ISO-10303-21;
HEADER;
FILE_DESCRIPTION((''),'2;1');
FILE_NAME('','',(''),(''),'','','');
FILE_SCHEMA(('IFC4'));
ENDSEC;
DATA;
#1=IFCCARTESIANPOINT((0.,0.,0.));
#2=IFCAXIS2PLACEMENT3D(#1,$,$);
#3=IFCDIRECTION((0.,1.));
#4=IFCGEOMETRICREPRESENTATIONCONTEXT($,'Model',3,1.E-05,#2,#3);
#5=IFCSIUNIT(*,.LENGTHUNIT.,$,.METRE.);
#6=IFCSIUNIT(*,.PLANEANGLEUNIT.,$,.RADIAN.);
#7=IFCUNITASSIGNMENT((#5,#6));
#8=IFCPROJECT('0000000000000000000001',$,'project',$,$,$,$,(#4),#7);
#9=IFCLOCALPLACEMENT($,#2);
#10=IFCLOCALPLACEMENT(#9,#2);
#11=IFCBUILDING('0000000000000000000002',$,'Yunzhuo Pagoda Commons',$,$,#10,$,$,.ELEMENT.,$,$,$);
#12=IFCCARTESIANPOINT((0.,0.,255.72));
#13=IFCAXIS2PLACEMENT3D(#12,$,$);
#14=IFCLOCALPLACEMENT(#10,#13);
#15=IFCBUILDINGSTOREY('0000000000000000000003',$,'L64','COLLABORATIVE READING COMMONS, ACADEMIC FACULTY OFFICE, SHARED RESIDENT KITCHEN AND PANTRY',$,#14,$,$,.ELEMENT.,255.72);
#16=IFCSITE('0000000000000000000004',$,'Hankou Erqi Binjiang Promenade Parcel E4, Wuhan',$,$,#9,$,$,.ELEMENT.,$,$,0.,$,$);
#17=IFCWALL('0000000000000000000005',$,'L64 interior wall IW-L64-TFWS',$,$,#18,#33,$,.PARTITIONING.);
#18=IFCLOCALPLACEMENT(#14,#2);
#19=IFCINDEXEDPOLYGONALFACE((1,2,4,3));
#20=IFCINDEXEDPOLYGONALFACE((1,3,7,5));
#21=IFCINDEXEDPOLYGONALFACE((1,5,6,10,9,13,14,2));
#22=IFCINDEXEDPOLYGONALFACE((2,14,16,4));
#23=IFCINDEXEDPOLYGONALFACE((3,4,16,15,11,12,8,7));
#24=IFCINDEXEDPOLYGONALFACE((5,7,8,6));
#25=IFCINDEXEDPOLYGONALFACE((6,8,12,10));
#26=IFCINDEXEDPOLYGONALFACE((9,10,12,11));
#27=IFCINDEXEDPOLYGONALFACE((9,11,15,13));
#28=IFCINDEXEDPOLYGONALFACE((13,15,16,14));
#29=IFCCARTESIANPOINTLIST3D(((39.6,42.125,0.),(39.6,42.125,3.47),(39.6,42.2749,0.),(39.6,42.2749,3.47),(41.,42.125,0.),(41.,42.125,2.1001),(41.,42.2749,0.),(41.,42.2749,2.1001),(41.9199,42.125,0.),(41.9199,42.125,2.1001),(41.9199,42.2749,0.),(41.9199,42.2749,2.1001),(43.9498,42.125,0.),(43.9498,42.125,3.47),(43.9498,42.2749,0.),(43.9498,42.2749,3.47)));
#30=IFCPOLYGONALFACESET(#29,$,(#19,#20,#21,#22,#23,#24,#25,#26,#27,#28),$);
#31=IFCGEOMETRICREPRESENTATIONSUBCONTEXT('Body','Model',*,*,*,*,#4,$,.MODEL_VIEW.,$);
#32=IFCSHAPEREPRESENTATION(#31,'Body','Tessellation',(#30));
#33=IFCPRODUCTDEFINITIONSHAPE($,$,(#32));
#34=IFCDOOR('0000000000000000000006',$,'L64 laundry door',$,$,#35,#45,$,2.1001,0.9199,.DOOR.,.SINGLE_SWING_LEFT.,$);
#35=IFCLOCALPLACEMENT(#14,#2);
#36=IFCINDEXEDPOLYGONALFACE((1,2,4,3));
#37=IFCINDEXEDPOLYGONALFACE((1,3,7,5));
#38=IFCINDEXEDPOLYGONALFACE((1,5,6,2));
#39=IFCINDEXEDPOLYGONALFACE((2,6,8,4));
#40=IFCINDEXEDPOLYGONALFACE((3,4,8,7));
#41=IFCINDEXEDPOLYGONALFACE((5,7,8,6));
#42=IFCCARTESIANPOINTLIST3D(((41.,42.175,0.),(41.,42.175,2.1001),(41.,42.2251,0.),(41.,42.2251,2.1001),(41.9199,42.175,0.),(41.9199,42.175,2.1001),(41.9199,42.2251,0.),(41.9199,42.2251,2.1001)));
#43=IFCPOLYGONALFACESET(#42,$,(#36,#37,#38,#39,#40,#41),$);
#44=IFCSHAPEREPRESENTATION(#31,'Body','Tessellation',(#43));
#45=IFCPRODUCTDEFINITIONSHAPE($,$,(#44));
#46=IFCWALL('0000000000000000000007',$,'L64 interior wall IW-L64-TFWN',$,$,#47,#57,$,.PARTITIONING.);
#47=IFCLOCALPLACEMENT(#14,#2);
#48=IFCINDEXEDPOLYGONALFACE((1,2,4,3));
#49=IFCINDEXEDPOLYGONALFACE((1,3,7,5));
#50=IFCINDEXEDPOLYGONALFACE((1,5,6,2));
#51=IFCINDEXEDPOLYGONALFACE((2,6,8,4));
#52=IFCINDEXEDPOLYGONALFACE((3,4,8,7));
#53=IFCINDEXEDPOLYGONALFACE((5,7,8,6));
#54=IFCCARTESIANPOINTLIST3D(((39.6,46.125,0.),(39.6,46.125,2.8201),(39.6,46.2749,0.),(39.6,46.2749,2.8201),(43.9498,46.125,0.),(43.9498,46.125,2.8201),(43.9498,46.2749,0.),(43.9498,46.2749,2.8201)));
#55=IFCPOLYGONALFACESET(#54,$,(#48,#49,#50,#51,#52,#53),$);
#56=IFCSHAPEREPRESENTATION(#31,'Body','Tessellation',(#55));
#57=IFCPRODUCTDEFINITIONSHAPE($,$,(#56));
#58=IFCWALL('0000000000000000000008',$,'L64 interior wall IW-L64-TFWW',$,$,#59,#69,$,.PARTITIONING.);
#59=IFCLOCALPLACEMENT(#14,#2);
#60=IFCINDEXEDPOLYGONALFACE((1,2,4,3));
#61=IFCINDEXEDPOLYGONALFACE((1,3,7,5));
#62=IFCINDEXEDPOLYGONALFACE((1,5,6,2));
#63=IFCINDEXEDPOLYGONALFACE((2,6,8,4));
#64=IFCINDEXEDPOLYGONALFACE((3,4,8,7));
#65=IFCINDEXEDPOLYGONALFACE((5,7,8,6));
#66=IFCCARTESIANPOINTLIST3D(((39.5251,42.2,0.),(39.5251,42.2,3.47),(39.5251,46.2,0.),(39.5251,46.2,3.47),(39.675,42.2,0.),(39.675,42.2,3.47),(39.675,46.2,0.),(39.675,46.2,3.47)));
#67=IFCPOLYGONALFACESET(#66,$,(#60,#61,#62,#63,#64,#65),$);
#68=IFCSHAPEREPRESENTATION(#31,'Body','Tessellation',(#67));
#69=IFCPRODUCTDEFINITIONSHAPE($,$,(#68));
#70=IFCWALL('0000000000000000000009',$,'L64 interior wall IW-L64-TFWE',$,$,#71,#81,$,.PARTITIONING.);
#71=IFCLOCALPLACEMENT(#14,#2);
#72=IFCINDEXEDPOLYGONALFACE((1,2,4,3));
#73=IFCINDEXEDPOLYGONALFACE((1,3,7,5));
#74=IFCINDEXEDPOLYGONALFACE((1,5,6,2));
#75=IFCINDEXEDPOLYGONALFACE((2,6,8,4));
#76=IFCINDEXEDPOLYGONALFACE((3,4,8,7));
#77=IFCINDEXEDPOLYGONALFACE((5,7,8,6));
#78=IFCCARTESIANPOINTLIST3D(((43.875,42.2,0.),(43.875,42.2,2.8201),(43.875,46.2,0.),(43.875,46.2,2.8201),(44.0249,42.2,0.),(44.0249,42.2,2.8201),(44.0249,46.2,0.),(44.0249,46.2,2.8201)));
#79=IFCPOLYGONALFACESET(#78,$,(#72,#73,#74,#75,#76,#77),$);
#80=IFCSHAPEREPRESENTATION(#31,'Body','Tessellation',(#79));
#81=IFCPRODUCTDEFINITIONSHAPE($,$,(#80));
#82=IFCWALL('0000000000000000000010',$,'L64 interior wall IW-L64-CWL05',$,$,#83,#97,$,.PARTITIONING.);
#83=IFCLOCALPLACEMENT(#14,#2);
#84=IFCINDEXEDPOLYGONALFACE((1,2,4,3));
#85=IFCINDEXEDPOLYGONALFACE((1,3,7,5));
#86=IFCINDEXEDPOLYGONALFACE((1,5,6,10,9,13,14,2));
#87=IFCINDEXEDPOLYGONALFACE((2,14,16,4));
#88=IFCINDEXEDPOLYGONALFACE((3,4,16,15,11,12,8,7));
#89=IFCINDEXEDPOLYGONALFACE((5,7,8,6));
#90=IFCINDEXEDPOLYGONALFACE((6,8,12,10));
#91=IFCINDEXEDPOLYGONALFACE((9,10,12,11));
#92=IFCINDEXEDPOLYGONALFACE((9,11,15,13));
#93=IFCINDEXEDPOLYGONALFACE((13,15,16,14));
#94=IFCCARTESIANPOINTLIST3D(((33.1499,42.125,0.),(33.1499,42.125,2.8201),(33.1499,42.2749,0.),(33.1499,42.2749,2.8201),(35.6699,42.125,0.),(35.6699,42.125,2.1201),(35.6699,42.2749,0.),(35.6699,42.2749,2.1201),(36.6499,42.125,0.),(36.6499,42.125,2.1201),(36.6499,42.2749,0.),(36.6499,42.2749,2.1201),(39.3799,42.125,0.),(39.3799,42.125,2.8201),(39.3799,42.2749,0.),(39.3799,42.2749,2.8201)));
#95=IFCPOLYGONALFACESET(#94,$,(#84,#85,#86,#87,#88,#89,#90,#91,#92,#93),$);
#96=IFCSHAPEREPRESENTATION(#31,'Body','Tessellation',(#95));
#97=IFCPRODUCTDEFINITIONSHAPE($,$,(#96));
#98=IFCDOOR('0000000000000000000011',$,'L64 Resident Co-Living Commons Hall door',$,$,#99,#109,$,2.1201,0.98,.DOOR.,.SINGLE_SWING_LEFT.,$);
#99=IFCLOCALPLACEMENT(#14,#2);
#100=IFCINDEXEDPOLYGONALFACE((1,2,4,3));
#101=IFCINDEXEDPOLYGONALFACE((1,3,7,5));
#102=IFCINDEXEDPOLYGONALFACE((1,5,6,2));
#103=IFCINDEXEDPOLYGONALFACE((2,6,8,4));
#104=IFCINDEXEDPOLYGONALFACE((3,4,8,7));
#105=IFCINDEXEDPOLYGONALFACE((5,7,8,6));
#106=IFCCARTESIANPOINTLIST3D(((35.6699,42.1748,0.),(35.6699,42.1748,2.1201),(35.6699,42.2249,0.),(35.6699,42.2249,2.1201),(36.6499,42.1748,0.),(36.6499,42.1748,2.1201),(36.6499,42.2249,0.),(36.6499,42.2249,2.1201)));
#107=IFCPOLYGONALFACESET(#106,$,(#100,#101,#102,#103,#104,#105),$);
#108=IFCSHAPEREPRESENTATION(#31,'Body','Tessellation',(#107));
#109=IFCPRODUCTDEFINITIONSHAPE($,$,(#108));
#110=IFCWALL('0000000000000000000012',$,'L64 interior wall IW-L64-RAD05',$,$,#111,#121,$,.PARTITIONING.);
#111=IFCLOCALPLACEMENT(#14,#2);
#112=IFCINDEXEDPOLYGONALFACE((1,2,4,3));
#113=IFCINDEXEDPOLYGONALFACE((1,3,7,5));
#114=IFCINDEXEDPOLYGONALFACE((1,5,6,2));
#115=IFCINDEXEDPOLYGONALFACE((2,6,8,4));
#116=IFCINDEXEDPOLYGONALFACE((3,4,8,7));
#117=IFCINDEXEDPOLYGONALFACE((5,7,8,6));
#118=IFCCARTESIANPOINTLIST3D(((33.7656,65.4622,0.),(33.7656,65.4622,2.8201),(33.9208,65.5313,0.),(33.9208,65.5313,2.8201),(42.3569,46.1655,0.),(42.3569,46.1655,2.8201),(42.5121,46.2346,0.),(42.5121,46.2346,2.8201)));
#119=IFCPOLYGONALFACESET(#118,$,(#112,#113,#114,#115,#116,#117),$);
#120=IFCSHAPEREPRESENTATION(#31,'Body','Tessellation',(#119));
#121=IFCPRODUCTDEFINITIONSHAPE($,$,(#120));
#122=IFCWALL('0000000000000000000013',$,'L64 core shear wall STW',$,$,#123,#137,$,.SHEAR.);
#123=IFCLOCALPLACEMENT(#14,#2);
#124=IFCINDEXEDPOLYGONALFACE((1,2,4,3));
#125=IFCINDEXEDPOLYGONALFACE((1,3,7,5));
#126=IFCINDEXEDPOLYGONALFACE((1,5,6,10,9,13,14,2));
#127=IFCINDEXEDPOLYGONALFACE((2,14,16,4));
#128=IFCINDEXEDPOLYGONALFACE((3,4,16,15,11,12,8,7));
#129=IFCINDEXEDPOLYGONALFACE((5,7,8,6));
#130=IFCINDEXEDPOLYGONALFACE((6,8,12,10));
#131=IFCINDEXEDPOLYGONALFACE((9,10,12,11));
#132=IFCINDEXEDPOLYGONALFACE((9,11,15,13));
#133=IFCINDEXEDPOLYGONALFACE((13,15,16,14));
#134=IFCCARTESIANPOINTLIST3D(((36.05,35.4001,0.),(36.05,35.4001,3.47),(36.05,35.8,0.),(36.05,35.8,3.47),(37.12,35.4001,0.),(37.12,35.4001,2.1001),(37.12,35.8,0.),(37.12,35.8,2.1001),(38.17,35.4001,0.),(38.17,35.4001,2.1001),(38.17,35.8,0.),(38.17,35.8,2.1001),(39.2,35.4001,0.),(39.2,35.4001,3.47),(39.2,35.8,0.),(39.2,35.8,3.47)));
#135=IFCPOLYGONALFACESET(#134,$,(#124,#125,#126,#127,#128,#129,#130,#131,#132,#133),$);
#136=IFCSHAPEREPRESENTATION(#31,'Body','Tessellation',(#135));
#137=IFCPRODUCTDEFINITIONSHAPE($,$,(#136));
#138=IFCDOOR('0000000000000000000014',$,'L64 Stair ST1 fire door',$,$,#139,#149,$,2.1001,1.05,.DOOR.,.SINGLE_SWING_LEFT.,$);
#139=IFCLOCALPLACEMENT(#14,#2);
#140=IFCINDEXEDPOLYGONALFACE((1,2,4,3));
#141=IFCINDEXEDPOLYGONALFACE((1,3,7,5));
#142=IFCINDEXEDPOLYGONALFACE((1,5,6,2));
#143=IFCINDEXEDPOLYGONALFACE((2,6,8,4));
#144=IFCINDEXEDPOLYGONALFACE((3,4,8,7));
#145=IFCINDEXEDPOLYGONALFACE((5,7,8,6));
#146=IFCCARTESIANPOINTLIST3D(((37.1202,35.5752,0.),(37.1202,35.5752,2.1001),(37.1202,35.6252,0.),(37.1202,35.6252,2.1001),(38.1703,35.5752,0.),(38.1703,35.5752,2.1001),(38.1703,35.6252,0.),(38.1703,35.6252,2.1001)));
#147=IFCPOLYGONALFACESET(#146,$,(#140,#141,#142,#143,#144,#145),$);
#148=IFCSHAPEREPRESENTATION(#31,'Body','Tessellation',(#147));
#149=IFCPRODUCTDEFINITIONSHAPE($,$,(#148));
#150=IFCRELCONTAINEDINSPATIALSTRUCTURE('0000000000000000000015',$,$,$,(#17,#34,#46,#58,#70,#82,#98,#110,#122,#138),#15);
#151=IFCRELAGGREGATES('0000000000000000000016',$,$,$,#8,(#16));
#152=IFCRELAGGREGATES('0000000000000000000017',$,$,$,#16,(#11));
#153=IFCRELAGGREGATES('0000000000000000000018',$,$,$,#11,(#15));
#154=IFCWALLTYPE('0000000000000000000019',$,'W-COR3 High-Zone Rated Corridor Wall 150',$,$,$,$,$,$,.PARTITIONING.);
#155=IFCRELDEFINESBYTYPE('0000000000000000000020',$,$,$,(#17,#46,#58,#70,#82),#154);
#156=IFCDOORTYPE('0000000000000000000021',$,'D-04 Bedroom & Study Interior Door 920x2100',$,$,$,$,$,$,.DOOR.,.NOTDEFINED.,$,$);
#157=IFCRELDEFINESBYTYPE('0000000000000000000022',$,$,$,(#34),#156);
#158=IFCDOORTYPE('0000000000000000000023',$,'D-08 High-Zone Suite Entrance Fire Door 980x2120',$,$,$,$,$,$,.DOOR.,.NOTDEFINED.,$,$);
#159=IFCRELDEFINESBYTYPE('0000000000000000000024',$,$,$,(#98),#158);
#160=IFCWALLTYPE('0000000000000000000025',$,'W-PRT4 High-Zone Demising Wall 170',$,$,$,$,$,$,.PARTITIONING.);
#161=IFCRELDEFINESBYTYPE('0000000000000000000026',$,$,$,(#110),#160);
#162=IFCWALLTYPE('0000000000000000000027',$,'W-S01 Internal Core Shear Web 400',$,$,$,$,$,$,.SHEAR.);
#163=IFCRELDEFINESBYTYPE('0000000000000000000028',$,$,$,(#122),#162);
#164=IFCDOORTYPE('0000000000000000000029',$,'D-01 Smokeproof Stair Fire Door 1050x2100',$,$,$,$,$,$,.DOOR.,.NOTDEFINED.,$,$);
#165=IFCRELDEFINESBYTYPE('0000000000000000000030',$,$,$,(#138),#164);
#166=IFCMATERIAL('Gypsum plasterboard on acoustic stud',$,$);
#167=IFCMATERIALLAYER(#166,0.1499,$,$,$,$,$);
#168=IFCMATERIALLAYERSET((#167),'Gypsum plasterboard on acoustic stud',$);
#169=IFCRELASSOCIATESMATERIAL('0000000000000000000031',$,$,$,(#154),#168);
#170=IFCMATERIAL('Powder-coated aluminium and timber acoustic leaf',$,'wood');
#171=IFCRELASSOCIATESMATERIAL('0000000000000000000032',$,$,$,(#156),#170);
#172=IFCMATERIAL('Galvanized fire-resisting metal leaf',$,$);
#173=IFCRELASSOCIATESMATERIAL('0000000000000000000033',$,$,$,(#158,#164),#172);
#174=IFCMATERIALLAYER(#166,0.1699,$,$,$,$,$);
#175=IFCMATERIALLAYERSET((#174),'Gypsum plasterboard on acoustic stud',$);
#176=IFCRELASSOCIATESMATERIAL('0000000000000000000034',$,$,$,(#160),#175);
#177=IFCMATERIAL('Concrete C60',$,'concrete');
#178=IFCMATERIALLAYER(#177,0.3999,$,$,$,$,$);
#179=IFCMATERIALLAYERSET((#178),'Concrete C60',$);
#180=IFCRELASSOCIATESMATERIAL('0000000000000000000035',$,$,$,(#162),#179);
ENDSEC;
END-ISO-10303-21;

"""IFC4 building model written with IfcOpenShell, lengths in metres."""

from ifc_helpers import new_model, si_unit, direction, frame, frame_2d, origin, origin_with_axes, place, context, subcontext, project, spatial, rectangle, extrude, source, transform, mapped, material, layer, layer_set, type_object, element, fill, save


model = new_model("IFC4")

# Units and contexts
model_context = context("Model", 3, precision=1e-05, world=origin(), true_north=direction((0.0, 1.0)))
body_context = subcontext(model_context, "Body", "Model", "MODEL_VIEW")
ifc_project = project(units=[si_unit("LENGTHUNIT", "METRE"), si_unit("PLANEANGLEUNIT", "RADIAN")], contexts=[model_context])

# Site, building, storey
site_placement = place(None, origin())
site = spatial("IfcSite", under=ifc_project, at=site_placement, Name="Hankou Erqi Binjiang Promenade Parcel E4, Wuhan", CompositionType="ELEMENT", RefElevation=0.0)
building_placement = place(site_placement, origin())
building = spatial("IfcBuilding", under=site, at=building_placement, Name="Yunzhuo Pagoda Commons", CompositionType="ELEMENT")
storey_placement = place(building_placement, frame((0.0, 0.0, 255.72)))
storey = spatial("IfcBuildingStorey", under=building, at=storey_placement, Name="L64", Description="COLLABORATIVE READING COMMONS, ACADEMIC FACULTY OFFICE, SHARED RESIDENT KITCHEN AND PANTRY", CompositionType="ELEMENT", Elevation=255.72)

# Wall, opening, door
ifc_material_1 = material(Name="Galvanized fire-resisting metal leaf")
shared_shape_1 = source(origin(), body_context, "Body", "SweptSolid", [
    extrude(rectangle(XDim=1.05, YDim=2.1001, at=frame_2d((0.5249, 1.05))), frame((0.0, 0.0249, 0.0), z_axis=(0.0, -1.0, 0.0), x_axis=(1.0, 0.0, 0.0)), (0.0, 0.0, 1.0), 0.05),
])
ifc_material_2 = material(Name="Gypsum plasterboard on acoustic stud")
ifc_layer_1 = layer(ifc_material_2, 0.1499)
ifc_layer_set_1 = layer_set([ifc_layer_1], Name="Gypsum plasterboard on acoustic stud")
wall_type_1 = type_object("IfcWallType", Name="W-COR3 High-Zone Rated Corridor Wall 150", PredefinedType="PARTITIONING", material=ifc_layer_set_1)
wall_1_placement = place(storey_placement, frame((39.6001, 42.2, 0.0), z_axis=(0.0, 0.0, 1.0), x_axis=(1.0, 0.0, 0.0)))
wall_1 = element("IfcWall", 1, at=wall_1_placement, inside=storey, type_object=wall_type_1, Name="L64 interior wall IW-L64-TFWS", PredefinedType="PARTITIONING", context=body_context, shape_type="SweptSolid", body=[
    extrude(rectangle(XDim=4.3499, YDim=0.1499, at=frame_2d((2.1748, 0.0))), origin(), (0.0, 0.0, 1.0), 3.47),
])
opening_1_placement = place(wall_1_placement, frame((1.3999, 0.0, 0.0)))
opening_1 = element("IfcOpeningElement", 2, at=opening_1_placement, cuts=wall_1, PredefinedType="OPENING", context=body_context, shape_type="SweptSolid", body=[
    extrude(rectangle(XDim=0.9199, YDim=2.1001, at=frame_2d((0.46, 1.05))), frame((0.0, 0.085, 0.0), z_axis=(0.0, -1.0, 0.0), x_axis=(1.0, 0.0, 0.0)), (0.0, 0.0, 1.0), 0.1699),
])
ifc_material_3 = material(Name="Powder-coated aluminium and timber acoustic leaf", Category="wood")
door_type_1 = type_object("IfcDoorType", Name="D-04 Bedroom & Study Interior Door 920x2100", OperationType="NOTDEFINED", PredefinedType="DOOR", material=ifc_material_3)
shared_shape_2 = source(origin(), body_context, "Body", "SweptSolid", [
    extrude(rectangle(XDim=0.9199, YDim=2.1001, at=frame_2d((0.46, 1.05))), frame((0.0, 0.0249, 0.0), z_axis=(0.0, -1.0, 0.0), x_axis=(1.0, 0.0, 0.0)), (0.0, 0.0, 1.0), 0.05),
])
door_1_placement = place(opening_1_placement, frame((0.9199, 0.0, 0.0), z_axis=(0.0, 0.0, 1.0), x_axis=(-1.0, 0.0, 0.0)))
door_1 = element("IfcDoor", 3, at=door_1_placement, inside=storey, type_object=door_type_1, Name="L64 laundry door", OperationType="SINGLE_SWING_LEFT", OverallHeight=2.1001, OverallWidth=0.9199, PredefinedType="DOOR", context=body_context, shape_type="MappedRepresentation", body=[
    mapped(shared_shape_2, transform((0.0, 0.0, 0.0), scale=1.0)),
])
fill(opening_1, door_1)

# Walls
wall_2_placement = place(storey_placement, frame((39.6001, 46.2, 0.0), z_axis=(0.0, 0.0, 1.0), x_axis=(1.0, 0.0, 0.0)))
element("IfcWall", 4, at=wall_2_placement, inside=storey, type_object=wall_type_1, Name="L64 interior wall IW-L64-TFWN", PredefinedType="PARTITIONING", context=body_context, shape_type="SweptSolid", body=[
    extrude(rectangle(XDim=4.3499, YDim=0.1499, at=frame_2d((2.1748, 0.0))), origin(), (0.0, 0.0, 1.0), 2.8201),
])
wall_3_placement = place(storey_placement, frame((39.6001, 42.2, 0.0), z_axis=(0.0, 0.0, 1.0), x_axis=(0.0, 1.0, 0.0)))
element("IfcWall", 5, at=wall_3_placement, inside=storey, type_object=wall_type_1, Name="L64 interior wall IW-L64-TFWW", PredefinedType="PARTITIONING", context=body_context, shape_type="SweptSolid", body=[
    extrude(rectangle(XDim=4.0, YDim=0.1499, at=frame_2d((2.0, 0.0))), origin(), (0.0, 0.0, 1.0), 3.47),
])
wall_4_placement = place(storey_placement, frame((43.95, 42.2, 0.0), z_axis=(0.0, 0.0, 1.0), x_axis=(0.0, 1.0, 0.0)))
element("IfcWall", 6, at=wall_4_placement, inside=storey, type_object=wall_type_1, Name="L64 interior wall IW-L64-TFWE", PredefinedType="PARTITIONING", context=body_context, shape_type="SweptSolid", body=[
    extrude(rectangle(XDim=4.0, YDim=0.1499, at=frame_2d((2.0, 0.0))), origin(), (0.0, 0.0, 1.0), 2.8201),
])

# Wall, opening, door
wall_5_placement = place(storey_placement, frame((33.1499, 42.2, 0.0), z_axis=(0.0, 0.0, 1.0), x_axis=(1.0, 0.0, 0.0)))
wall_5 = element("IfcWall", 7, at=wall_5_placement, inside=storey, type_object=wall_type_1, Name="L64 interior wall IW-L64-CWL05", PredefinedType="PARTITIONING", context=body_context, shape_type="SweptSolid", body=[
    extrude(rectangle(XDim=6.23, YDim=0.1499, at=frame_2d((3.115, 0.0))), origin(), (0.0, 0.0, 1.0), 2.8201),
])
opening_2_placement = place(wall_5_placement, frame((2.52, 0.0, 0.0)))
opening_2 = element("IfcOpeningElement", 8, at=opening_2_placement, cuts=wall_5, PredefinedType="OPENING", context=body_context, shape_type="SweptSolid", body=[
    extrude(rectangle(XDim=0.98, YDim=2.1201, at=frame_2d((0.49, 1.0601))), frame((0.0, 0.085, 0.0), z_axis=(0.0, -1.0, 0.0), x_axis=(1.0, 0.0, 0.0)), (0.0, 0.0, 1.0), 0.1699),
])
door_type_2 = type_object("IfcDoorType", Name="D-08 High-Zone Suite Entrance Fire Door 980x2120", OperationType="NOTDEFINED", PredefinedType="DOOR", material=ifc_material_1)
shared_shape_3 = source(origin(), body_context, "Body", "SweptSolid", [
    extrude(rectangle(XDim=0.98, YDim=2.1201, at=frame_2d((0.49, 1.0601))), frame((0.0, 0.0249, 0.0), z_axis=(0.0, -1.0, 0.0), x_axis=(1.0, 0.0, 0.0)), (0.0, 0.0, 1.0), 0.05),
])
door_2_placement = place(opening_2_placement, origin_with_axes())
door_2 = element("IfcDoor", 9, at=door_2_placement, inside=storey, type_object=door_type_2, Name="L64 Resident Co-Living Commons Hall door", OperationType="SINGLE_SWING_LEFT", OverallHeight=2.1201, OverallWidth=0.98, PredefinedType="DOOR", context=body_context, shape_type="MappedRepresentation", body=[
    mapped(shared_shape_3, transform((0.0, 0.0, 0.0), scale=1.0)),
])
fill(opening_2, door_2)

# Wall
ifc_layer_2 = layer(ifc_material_2, 0.1699)
ifc_layer_set_2 = layer_set([ifc_layer_2], Name="Gypsum plasterboard on acoustic stud")
wall_type_2 = type_object("IfcWallType", Name="W-PRT4 High-Zone Demising Wall 170", PredefinedType="PARTITIONING", material=ifc_layer_set_2)
wall_6_placement = place(storey_placement, frame((42.4346, 46.2, 0.0), z_axis=(0.0, 0.0, 1.0), x_axis=(-0.406732, 0.913547, 0.0)))
element("IfcWall", 10, at=wall_6_placement, inside=storey, type_object=wall_type_2, Name="L64 interior wall IW-L64-RAD05", PredefinedType="PARTITIONING", context=body_context, shape_type="SweptSolid", body=[
    extrude(rectangle(XDim=21.1228, YDim=0.1699, at=frame_2d((10.5615, 0.0))), origin(), (0.0, 0.0, 1.0), 2.8201),
])

# Wall, opening, door
ifc_material_4 = material(Name="Concrete C60", Category="concrete")
ifc_layer_3 = layer(ifc_material_4, 0.3999)
ifc_layer_set_3 = layer_set([ifc_layer_3], Name="Concrete C60")
wall_type_3 = type_object("IfcWallType", Name="W-S01 Internal Core Shear Web 400", PredefinedType="SHEAR", material=ifc_layer_set_3)
wall_7_placement = place(storey_placement, frame((36.05, 35.6001, 0.0), z_axis=(0.0, 0.0, 1.0), x_axis=(1.0, 0.0, 0.0)))
wall_7 = element("IfcWall", 11, at=wall_7_placement, inside=storey, type_object=wall_type_3, Name="L64 core shear wall STW", PredefinedType="SHEAR", context=body_context, shape_type="SweptSolid", body=[
    extrude(rectangle(XDim=3.1499, YDim=0.3999, at=frame_2d((1.575, 0.0))), origin(), (0.0, 0.0, 1.0), 3.47),
])
opening_3_placement = place(wall_7_placement, frame((1.0701, 0.0, 0.0)))
opening_3 = element("IfcOpeningElement", 12, at=opening_3_placement, cuts=wall_7, PredefinedType="OPENING", context=body_context, shape_type="SweptSolid", body=[
    extrude(rectangle(XDim=1.05, YDim=2.1001, at=frame_2d((0.5249, 1.05))), frame((0.0, 0.21, 0.0), z_axis=(0.0, -1.0, 0.0), x_axis=(1.0, 0.0, 0.0)), (0.0, 0.0, 1.0), 0.4199),
])
door_type_3 = type_object("IfcDoorType", Name="D-01 Smokeproof Stair Fire Door 1050x2100", OperationType="NOTDEFINED", PredefinedType="DOOR", material=ifc_material_1)
door_3_placement = place(opening_3_placement, frame((1.05, 0.0, 0.0), z_axis=(0.0, 0.0, 1.0), x_axis=(-1.0, 0.0, 0.0)))
door_3 = element("IfcDoor", 13, at=door_3_placement, inside=storey, type_object=door_type_3, Name="L64 Stair ST1 fire door", OperationType="SINGLE_SWING_LEFT", OverallHeight=2.1001, OverallWidth=1.05, PredefinedType="DOOR", context=body_context, shape_type="MappedRepresentation", body=[
    mapped(shared_shape_1, transform((0.0, 0.0, 0.0), scale=1.0)),
])
fill(opening_3, door_3)

save(model, "model.ifc")
